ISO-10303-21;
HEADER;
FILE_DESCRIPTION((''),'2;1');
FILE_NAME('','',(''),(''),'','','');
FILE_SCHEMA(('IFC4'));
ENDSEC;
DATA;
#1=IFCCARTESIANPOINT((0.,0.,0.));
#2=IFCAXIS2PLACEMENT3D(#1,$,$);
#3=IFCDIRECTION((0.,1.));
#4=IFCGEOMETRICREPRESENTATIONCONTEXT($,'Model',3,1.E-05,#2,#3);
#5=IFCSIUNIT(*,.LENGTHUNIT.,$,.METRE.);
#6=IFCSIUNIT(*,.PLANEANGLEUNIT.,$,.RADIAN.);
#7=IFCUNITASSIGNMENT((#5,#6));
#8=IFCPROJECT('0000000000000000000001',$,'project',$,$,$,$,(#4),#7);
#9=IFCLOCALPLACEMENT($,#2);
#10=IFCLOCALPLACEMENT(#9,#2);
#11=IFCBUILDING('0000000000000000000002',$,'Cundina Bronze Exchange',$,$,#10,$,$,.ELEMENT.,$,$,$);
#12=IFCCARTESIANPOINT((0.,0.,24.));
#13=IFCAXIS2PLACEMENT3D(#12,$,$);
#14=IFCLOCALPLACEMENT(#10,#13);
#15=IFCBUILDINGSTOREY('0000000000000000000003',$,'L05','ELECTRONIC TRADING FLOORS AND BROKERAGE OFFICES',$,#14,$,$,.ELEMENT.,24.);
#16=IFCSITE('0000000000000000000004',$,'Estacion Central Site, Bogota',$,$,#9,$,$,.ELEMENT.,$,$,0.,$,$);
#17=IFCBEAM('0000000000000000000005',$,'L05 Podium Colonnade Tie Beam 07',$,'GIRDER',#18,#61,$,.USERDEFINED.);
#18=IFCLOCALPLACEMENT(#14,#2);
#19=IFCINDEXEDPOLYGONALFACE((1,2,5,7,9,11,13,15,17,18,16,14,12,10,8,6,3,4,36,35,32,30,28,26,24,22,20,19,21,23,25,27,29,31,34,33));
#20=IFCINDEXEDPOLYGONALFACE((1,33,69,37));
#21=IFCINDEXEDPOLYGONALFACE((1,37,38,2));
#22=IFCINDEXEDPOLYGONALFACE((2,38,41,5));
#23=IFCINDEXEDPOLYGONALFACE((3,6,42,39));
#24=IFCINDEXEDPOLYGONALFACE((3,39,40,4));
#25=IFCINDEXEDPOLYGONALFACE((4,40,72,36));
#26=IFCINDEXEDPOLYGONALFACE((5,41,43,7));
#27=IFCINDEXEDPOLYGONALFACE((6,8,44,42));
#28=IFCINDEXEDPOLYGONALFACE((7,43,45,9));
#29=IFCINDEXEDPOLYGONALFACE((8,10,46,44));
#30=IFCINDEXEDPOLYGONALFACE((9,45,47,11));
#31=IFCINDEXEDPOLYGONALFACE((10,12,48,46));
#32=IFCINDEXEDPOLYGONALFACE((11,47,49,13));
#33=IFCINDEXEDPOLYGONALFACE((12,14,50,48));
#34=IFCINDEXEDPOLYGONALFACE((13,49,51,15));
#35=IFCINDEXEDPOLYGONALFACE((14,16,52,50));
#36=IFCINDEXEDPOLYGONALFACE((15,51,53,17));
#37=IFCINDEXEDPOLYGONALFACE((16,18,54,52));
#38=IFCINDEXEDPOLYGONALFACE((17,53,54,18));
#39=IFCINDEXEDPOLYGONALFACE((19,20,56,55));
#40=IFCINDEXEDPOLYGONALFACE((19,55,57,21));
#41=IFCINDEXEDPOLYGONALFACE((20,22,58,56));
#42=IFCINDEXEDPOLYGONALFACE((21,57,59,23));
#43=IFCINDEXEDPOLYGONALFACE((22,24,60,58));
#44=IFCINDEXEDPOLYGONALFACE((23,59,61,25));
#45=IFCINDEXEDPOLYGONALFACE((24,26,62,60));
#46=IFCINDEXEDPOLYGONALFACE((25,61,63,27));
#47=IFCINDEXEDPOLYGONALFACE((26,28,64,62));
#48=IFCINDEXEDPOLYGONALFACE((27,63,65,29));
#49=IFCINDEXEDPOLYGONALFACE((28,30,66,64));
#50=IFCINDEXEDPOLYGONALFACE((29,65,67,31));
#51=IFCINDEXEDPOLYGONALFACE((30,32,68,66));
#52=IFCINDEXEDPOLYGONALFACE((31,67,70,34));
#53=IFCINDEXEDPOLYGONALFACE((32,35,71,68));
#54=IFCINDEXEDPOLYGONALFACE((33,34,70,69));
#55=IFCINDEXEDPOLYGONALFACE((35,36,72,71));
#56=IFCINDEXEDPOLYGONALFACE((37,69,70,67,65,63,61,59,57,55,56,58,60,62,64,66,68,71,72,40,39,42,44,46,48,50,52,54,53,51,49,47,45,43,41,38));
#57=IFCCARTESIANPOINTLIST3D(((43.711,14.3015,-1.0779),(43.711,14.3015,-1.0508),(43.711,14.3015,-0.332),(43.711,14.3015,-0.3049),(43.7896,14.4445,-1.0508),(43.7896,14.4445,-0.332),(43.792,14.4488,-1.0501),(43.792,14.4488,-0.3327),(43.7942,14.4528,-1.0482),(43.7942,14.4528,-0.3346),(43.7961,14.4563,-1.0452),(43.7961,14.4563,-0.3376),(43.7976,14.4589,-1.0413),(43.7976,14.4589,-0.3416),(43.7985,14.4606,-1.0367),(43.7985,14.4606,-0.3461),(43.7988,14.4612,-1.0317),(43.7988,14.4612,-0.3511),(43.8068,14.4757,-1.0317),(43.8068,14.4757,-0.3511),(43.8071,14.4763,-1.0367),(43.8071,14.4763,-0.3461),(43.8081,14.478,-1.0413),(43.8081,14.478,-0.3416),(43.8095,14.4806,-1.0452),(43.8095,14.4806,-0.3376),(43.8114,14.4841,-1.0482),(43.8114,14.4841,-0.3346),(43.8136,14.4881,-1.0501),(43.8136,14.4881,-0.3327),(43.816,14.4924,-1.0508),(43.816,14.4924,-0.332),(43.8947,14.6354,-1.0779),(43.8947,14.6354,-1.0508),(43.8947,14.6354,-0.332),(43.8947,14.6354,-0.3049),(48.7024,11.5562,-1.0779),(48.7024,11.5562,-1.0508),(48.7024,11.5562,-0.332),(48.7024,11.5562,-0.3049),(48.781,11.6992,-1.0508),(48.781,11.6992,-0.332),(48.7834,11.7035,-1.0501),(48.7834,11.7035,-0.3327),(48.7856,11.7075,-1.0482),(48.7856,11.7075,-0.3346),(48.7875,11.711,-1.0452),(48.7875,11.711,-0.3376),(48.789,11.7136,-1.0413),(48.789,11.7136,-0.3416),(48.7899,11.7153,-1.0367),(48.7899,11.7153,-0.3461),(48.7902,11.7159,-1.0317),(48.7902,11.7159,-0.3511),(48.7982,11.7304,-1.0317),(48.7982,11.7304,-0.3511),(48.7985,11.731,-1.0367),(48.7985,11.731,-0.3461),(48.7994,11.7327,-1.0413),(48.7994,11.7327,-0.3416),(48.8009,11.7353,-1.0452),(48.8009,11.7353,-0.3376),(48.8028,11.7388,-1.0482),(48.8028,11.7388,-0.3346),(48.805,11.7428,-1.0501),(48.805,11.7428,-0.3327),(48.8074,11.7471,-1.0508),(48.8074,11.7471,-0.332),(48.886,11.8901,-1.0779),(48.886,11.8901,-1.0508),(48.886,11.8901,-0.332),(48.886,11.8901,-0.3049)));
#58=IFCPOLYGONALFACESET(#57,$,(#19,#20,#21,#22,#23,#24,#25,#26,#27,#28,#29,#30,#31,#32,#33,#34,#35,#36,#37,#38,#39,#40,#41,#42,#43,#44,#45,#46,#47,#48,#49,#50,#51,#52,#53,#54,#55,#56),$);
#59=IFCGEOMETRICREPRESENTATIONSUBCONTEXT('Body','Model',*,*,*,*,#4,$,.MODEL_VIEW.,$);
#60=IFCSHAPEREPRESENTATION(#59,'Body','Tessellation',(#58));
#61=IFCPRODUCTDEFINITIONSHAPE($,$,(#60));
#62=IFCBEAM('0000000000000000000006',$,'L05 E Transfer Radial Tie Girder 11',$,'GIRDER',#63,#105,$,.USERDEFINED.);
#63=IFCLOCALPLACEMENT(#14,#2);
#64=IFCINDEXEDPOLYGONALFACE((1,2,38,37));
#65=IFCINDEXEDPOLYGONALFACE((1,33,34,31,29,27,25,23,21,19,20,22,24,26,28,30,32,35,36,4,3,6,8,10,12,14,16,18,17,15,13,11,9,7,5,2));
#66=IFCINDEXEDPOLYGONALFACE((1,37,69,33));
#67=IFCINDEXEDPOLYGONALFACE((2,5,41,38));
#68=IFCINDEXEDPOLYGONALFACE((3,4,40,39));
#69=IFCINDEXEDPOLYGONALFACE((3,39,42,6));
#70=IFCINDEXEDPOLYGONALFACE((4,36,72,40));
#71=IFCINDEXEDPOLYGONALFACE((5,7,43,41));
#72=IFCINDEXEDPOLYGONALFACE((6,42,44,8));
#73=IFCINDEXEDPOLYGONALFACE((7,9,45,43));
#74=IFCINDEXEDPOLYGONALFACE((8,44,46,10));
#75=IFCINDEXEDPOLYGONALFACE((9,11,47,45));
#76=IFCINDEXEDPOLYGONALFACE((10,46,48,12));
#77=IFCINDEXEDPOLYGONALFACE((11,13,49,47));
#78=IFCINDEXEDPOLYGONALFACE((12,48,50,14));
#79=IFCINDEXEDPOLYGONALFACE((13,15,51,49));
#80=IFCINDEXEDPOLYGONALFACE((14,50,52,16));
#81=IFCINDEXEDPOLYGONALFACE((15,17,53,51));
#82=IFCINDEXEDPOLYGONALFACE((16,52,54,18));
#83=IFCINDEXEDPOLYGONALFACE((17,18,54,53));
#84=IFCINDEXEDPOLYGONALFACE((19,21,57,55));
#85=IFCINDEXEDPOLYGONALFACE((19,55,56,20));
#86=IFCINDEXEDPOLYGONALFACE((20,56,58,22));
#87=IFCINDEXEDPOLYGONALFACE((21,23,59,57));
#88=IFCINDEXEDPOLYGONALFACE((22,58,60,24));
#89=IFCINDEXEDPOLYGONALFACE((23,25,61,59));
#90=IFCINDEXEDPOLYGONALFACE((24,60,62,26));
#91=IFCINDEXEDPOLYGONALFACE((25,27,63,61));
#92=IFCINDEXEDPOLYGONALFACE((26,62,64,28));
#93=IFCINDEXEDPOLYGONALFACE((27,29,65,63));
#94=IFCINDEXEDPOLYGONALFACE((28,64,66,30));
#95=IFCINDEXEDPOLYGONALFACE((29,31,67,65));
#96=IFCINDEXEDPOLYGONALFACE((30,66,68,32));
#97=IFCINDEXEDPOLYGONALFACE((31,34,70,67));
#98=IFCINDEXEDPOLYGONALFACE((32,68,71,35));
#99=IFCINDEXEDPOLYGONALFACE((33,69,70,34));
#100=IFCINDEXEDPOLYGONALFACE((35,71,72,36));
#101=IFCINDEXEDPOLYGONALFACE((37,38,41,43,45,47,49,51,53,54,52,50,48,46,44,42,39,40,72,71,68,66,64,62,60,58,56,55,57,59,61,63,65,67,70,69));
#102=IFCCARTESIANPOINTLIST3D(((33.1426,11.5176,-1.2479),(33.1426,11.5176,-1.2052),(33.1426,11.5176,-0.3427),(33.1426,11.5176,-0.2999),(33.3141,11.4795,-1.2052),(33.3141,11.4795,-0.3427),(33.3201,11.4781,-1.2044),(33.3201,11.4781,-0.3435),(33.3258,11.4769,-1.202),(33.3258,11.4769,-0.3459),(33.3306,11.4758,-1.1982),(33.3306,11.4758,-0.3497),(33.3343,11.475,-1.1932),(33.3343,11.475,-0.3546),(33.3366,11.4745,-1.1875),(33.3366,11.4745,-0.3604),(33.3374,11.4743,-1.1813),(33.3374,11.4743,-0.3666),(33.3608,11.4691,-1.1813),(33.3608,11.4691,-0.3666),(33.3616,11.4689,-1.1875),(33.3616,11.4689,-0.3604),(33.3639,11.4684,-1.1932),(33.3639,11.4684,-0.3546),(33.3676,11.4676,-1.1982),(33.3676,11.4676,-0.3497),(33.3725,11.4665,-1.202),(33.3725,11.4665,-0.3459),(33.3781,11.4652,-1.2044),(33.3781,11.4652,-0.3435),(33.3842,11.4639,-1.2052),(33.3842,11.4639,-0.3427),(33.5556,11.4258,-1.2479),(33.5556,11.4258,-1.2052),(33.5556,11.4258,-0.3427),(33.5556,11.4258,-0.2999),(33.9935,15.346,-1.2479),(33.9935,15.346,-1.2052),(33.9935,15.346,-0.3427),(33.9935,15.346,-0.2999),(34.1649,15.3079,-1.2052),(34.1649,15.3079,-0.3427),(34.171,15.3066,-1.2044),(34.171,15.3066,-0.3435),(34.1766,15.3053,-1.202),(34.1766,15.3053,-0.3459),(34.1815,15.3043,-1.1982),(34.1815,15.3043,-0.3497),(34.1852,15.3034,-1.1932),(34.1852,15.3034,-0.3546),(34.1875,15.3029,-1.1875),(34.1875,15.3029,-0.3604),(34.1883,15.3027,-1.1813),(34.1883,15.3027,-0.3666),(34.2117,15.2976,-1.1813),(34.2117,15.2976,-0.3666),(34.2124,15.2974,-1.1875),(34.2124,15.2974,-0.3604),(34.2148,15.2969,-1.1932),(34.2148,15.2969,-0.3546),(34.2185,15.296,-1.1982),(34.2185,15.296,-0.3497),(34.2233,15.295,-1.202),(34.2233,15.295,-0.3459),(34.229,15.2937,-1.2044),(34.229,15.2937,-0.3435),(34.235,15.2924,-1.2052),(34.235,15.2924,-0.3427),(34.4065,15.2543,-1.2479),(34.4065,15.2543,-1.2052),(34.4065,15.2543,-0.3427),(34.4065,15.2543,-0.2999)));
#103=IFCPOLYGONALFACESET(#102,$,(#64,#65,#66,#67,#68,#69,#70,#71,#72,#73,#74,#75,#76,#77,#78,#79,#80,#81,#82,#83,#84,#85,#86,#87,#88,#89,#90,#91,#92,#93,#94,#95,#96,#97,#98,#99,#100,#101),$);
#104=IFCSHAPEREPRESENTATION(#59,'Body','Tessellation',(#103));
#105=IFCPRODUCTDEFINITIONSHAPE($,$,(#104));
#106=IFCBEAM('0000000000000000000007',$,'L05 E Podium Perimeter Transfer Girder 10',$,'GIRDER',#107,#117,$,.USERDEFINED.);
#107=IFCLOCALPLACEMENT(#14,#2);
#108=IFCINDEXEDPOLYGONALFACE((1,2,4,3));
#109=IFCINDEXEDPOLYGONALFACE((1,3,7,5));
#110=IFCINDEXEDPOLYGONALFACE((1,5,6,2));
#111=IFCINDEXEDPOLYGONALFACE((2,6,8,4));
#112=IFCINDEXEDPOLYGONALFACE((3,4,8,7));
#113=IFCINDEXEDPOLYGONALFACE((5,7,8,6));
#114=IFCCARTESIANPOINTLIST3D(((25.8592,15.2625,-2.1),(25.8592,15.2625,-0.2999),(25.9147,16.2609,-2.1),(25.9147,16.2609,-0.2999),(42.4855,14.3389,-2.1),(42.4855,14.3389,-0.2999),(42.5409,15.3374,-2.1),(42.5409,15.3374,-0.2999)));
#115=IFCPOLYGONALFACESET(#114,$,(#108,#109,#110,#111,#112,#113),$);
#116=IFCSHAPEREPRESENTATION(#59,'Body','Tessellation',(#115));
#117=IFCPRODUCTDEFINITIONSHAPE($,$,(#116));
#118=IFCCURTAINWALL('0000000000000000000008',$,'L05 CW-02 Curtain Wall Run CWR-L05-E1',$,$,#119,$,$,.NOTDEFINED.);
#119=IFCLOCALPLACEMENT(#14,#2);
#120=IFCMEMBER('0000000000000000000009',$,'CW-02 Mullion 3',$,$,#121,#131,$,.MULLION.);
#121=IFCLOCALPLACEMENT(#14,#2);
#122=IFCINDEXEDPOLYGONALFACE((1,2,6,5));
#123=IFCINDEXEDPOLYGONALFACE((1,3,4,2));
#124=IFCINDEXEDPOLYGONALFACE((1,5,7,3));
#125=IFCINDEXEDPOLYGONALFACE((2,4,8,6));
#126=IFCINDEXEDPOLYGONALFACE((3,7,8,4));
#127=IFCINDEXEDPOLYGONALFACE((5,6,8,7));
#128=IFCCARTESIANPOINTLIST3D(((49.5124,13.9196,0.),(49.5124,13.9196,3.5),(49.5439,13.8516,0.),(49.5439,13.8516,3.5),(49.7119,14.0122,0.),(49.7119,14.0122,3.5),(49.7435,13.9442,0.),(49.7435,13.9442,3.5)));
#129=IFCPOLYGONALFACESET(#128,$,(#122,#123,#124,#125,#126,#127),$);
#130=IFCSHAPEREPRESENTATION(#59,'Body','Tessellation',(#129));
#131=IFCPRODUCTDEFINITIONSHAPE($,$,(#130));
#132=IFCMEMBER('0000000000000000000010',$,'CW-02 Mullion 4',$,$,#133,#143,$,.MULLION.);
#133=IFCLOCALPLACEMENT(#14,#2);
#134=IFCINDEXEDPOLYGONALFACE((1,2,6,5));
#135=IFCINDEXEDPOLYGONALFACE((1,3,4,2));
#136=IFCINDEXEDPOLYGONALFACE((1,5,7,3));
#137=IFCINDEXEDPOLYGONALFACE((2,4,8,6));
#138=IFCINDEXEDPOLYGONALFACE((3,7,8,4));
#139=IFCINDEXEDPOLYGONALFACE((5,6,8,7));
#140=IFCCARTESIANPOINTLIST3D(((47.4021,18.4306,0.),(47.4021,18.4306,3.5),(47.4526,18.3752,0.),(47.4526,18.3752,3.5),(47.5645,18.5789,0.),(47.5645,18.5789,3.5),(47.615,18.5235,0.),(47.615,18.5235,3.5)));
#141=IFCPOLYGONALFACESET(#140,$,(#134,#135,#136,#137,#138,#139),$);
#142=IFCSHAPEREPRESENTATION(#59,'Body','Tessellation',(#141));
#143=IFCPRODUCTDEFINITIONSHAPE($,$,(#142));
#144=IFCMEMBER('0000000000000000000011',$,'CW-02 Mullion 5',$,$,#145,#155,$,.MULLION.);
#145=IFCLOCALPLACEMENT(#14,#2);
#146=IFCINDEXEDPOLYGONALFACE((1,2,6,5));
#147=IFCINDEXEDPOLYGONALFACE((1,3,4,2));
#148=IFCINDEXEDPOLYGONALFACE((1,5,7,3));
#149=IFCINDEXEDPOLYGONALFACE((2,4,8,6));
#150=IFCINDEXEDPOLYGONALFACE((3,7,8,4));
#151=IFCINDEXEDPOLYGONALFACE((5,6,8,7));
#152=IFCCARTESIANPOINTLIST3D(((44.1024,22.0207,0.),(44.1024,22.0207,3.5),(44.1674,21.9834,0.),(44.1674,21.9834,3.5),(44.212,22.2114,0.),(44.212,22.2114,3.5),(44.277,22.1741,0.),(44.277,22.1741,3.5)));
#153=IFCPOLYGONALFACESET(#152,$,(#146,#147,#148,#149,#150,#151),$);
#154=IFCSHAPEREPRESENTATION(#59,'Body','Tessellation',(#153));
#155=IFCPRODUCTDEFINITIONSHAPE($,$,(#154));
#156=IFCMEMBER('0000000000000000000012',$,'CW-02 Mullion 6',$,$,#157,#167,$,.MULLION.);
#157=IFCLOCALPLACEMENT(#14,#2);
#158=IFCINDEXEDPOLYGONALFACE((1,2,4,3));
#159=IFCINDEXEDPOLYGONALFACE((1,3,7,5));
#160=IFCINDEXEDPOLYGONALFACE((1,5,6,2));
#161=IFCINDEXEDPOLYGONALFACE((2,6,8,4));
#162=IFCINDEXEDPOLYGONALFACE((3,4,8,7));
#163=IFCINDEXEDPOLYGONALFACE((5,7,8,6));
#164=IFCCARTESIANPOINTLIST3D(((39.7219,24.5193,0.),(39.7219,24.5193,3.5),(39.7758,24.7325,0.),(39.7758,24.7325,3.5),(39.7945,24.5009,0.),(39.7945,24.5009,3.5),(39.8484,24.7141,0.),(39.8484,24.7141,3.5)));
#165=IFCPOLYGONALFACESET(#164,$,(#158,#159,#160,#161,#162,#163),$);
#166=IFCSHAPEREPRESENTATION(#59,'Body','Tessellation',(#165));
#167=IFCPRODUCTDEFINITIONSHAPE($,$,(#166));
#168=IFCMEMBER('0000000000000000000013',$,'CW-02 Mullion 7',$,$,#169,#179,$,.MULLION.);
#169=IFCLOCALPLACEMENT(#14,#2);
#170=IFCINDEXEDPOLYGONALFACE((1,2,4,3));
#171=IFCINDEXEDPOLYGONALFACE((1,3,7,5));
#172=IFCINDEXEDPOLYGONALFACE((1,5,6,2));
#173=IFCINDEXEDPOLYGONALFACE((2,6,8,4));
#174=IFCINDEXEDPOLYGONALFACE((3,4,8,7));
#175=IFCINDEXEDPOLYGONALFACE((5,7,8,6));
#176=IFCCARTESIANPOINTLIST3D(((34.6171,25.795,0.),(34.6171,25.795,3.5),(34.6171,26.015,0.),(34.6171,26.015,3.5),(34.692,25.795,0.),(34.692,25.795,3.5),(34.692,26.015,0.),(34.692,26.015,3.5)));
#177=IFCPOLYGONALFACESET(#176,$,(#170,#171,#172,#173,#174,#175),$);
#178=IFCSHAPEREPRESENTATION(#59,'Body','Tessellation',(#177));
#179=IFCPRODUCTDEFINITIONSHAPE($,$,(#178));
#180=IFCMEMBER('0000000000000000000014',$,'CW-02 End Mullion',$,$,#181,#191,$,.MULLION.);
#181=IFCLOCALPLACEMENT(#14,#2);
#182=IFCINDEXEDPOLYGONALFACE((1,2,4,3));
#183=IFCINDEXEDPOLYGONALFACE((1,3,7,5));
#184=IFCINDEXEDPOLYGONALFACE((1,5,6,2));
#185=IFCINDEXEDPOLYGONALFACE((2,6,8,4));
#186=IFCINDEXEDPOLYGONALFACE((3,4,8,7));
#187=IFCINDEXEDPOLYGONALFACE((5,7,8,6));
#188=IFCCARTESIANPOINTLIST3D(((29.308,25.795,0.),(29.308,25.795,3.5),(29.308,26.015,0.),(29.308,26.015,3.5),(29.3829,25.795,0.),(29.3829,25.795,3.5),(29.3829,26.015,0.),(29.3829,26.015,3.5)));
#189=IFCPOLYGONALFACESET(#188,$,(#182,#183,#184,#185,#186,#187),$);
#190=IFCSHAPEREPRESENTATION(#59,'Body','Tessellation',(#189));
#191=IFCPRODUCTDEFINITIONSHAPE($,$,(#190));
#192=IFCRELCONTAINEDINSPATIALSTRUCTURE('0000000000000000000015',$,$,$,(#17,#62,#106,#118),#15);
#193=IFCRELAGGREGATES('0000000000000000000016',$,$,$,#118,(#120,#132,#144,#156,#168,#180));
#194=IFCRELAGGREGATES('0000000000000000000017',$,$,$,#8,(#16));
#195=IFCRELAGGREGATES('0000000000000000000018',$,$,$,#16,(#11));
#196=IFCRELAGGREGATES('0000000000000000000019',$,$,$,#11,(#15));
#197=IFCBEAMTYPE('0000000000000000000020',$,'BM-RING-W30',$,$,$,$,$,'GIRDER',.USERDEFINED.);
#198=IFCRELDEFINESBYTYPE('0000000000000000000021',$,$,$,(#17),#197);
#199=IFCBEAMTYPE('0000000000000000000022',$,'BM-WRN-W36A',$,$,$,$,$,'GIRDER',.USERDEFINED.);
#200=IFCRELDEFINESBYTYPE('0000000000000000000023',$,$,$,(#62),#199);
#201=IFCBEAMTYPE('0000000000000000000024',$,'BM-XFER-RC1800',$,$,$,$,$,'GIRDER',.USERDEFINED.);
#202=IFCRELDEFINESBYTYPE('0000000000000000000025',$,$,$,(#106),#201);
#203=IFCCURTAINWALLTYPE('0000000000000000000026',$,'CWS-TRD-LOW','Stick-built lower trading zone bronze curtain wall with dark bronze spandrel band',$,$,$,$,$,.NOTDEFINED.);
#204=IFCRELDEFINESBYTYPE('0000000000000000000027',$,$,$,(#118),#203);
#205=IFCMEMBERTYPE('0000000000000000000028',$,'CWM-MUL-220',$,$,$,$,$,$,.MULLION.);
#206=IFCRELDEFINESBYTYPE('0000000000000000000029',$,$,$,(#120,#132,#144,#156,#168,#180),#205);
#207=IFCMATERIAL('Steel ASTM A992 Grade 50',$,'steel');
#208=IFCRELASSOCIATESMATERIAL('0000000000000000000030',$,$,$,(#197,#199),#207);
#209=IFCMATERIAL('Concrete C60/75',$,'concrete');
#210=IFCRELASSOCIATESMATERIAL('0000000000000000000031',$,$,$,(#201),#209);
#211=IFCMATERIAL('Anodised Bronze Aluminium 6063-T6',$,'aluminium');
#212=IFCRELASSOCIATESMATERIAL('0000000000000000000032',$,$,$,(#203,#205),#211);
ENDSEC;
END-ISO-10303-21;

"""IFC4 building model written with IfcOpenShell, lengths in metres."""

from ifc_helpers import new_model, si_unit, direction, frame, origin, origin_2d, place, context, subcontext, project, spatial, rectangle, i_section, extrude, material, material_profile, profile_set, type_object, element, aggregate, save


model = new_model("IFC4")

# Units and contexts
model_context = context("Model", 3, precision=1e-05, world=origin(), true_north=direction((0.0, 1.0)))
body_context = subcontext(model_context, "Body", "Model", "MODEL_VIEW")
ifc_project = project(units=[si_unit("LENGTHUNIT", "METRE"), si_unit("PLANEANGLEUNIT", "RADIAN")], contexts=[model_context])

# Site, building, storey
site_placement = place(None, origin())
site = spatial("IfcSite", under=ifc_project, at=site_placement, Name="Estacion Central Site, Bogota", CompositionType="ELEMENT", RefElevation=0.0)
building_placement = place(site_placement, origin())
building = spatial("IfcBuilding", under=site, at=building_placement, Name="Cundina Bronze Exchange", CompositionType="ELEMENT")
storey_placement = place(building_placement, frame((0.0, 0.0, 24.0)))
storey = spatial("IfcBuildingStorey", under=building, at=storey_placement, Name="L05", Description="ELECTRONIC TRADING FLOORS AND BROKERAGE OFFICES", CompositionType="ELEMENT", Elevation=24.0)

# Shared definitions
ifc_material_1 = material(Name="Concrete C60/75", Category="concrete")

# Beams
ifc_material_2 = material(Name="Steel ASTM A992 Grade 50", Category="steel")
ifc_material_profile_1 = material_profile(ifc_material_2, i_section(OverallWidth=0.3811, OverallDepth=0.7729, WebThickness=0.0166, FlangeThickness=0.0271, FilletRadius=0.019, at=origin_2d()), Name="W30X173", Category="steel")
ifc_profile_set_1 = profile_set([ifc_material_profile_1], Name="Steel ASTM A992 Grade 50")
beam_type_1 = type_object("IfcBeamType", Name="BM-RING-W30", ElementType="GIRDER", PredefinedType="USERDEFINED", material=ifc_profile_set_1)
beam_1_placement = place(storey_placement, frame((48.7942, 11.7231, -0.6914), z_axis=(-0.876211, 0.481927, 0.0), x_axis=(-0.481927, -0.876211, 0.0)))
element("IfcBeam", 1, at=beam_1_placement, inside=storey, type_object=beam_type_1, Name="L05 Podium Colonnade Tie Beam 07", ObjectType="GIRDER", PredefinedType="USERDEFINED", context=body_context, shape_type="SweptSolid", body=[
    extrude(i_section(OverallWidth=0.3811, OverallDepth=0.7729, WebThickness=0.0166, FlangeThickness=0.0271, FilletRadius=0.019, at=origin_2d()), origin(), (0.0, 0.0, 1.0), 5.6965),
])
ifc_material_profile_2 = material_profile(ifc_material_2, i_section(OverallWidth=0.4231, OverallDepth=0.948, WebThickness=0.0239, FlangeThickness=0.0427, FilletRadius=0.0239, at=origin_2d()), Name="W36X302", Category="steel")
ifc_profile_set_2 = profile_set([ifc_material_profile_2], Name="Steel ASTM A992 Grade 50")
beam_type_2 = type_object("IfcBeamType", Name="BM-WRN-W36A", ElementType="GIRDER", PredefinedType="USERDEFINED", material=ifc_profile_set_2)
beam_2_placement = place(storey_placement, frame((33.3491, 11.4717, -0.7739), z_axis=(0.21695, 0.976183, 0.0), x_axis=(-0.976183, 0.21695, 0.0)))
element("IfcBeam", 2, at=beam_2_placement, inside=storey, type_object=beam_type_2, Name="L05 E Transfer Radial Tie Girder 11", ObjectType="GIRDER", PredefinedType="USERDEFINED", context=body_context, shape_type="SweptSolid", body=[
    extrude(i_section(OverallWidth=0.4231, OverallDepth=0.948, WebThickness=0.0239, FlangeThickness=0.0427, FilletRadius=0.0239, at=origin_2d()), origin(), (0.0, 0.0, 1.0), 3.9219),
])
ifc_material_profile_3 = material_profile(ifc_material_1, rectangle(XDim=1.0, YDim=1.8, at=origin_2d()), Name="RC1000X1800", Category="concrete")
ifc_profile_set_3 = profile_set([ifc_material_profile_3], Name="Concrete C60/75")
beam_type_3 = type_object("IfcBeamType", Name="BM-XFER-RC1800", ElementType="GIRDER", PredefinedType="USERDEFINED", material=ifc_profile_set_3)
beam_3_placement = place(storey_placement, frame((42.5132, 14.8381, -1.2), z_axis=(-0.998461, 0.055464, 0.0), x_axis=(-0.055464, -0.998461, 0.0)))
element("IfcBeam", 3, at=beam_3_placement, inside=storey, type_object=beam_type_3, Name="L05 E Podium Perimeter Transfer Girder 10", ObjectType="GIRDER", PredefinedType="USERDEFINED", context=body_context, shape_type="SweptSolid", body=[
    extrude(rectangle(XDim=1.0, YDim=1.8, at=origin_2d()), origin(), (0.0, 0.0, 1.0), 16.6519),
])

# Curtain wall, members
ifc_material_3 = material(Name="Anodised Bronze Aluminium 6063-T6", Category="aluminium")
curtain_wall_type = type_object("IfcCurtainWallType", Name="CWS-TRD-LOW", Description="Stick-built lower trading zone bronze curtain wall with dark bronze spandrel band", PredefinedType="NOTDEFINED", material=ifc_material_3)
curtain_wall_placement = place(storey_placement, origin())
curtain_wall = element("IfcCurtainWall", 4, at=curtain_wall_placement, inside=storey, type_object=curtain_wall_type, Name="L05 CW-02 Curtain Wall Run CWR-L05-E1", PredefinedType="NOTDEFINED")
ifc_material_profile_4 = material_profile(ifc_material_3, rectangle(XDim=0.075, YDim=0.22, at=origin_2d()), Name="AL75X220", Category="aluminium")
ifc_profile_set_4 = profile_set([ifc_material_profile_4], Name="Anodised Bronze Aluminium 6063-T6")
member_type_1 = type_object("IfcMemberType", Name="CWM-MUL-220", PredefinedType="MULLION", material=ifc_profile_set_4)
member_1_placement = place(storey_placement, frame((49.6279, 13.9319, 0.0), z_axis=(0.0, 0.0, 1.0), x_axis=(-0.420877, 0.907117, 0.0)))
member_1 = element("IfcMember", 5, at=member_1_placement, type_object=member_type_1, Name="CW-02 Mullion 3", PredefinedType="MULLION", context=body_context, shape_type="SweptSolid", body=[
    extrude(rectangle(XDim=0.075, YDim=0.22, at=origin_2d()), origin(), (0.0, 0.0, 1.0), 3.5),
])
member_2_placement = place(storey_placement, frame((47.5085, 18.4771, 0.0), z_axis=(0.0, 0.0, 1.0), x_axis=(-0.674302, 0.738455, 0.0)))
member_2 = element("IfcMember", 6, at=member_2_placement, type_object=member_type_1, Name="CW-02 Mullion 4", PredefinedType="MULLION", context=body_context, shape_type="SweptSolid", body=[
    extrude(rectangle(XDim=0.075, YDim=0.22, at=origin_2d()), origin(), (0.0, 0.0, 1.0), 3.5),
])
member_3_placement = place(storey_placement, frame((44.1897, 22.0974, 0.0), z_axis=(0.0, 0.0, 1.0), x_axis=(-0.867071, 0.498185, 0.0)))
member_3 = element("IfcMember", 7, at=member_3_placement, type_object=member_type_1, Name="CW-02 Mullion 5", PredefinedType="MULLION", context=body_context, shape_type="SweptSolid", body=[
    extrude(rectangle(XDim=0.075, YDim=0.22, at=origin_2d()), origin(), (0.0, 0.0, 1.0), 3.5),
])
member_4_placement = place(storey_placement, frame((39.7852, 24.6167, 0.0), z_axis=(0.0, 0.0, 1.0), x_axis=(-0.969488, 0.245138, 0.0)))
member_4 = element("IfcMember", 8, at=member_4_placement, type_object=member_type_1, Name="CW-02 Mullion 6", PredefinedType="MULLION", context=body_context, shape_type="SweptSolid", body=[
    extrude(rectangle(XDim=0.075, YDim=0.22, at=origin_2d()), origin(), (0.0, 0.0, 1.0), 3.5),
])
member_5_placement = place(storey_placement, frame((34.6545, 25.905, 0.0), z_axis=(0.0, 0.0, 1.0), x_axis=(-1.0, 0.0, 0.0)))
member_5 = element("IfcMember", 9, at=member_5_placement, type_object=member_type_1, Name="CW-02 Mullion 7", PredefinedType="MULLION", context=body_context, shape_type="SweptSolid", body=[
    extrude(rectangle(XDim=0.075, YDim=0.22, at=origin_2d()), origin(), (0.0, 0.0, 1.0), 3.5),
])
member_6_placement = place(storey_placement, frame((29.3455, 25.905, 0.0), z_axis=(0.0, 0.0, 1.0), x_axis=(-1.0, 0.0, 0.0)))
member_6 = element("IfcMember", 10, at=member_6_placement, type_object=member_type_1, Name="CW-02 End Mullion", PredefinedType="MULLION", context=body_context, shape_type="SweptSolid", body=[
    extrude(rectangle(XDim=0.075, YDim=0.22, at=origin_2d()), origin(), (0.0, 0.0, 1.0), 3.5),
])
aggregate(curtain_wall, [member_1, member_2, member_3, member_4, member_5, member_6])

save(model, "model.ifc")
